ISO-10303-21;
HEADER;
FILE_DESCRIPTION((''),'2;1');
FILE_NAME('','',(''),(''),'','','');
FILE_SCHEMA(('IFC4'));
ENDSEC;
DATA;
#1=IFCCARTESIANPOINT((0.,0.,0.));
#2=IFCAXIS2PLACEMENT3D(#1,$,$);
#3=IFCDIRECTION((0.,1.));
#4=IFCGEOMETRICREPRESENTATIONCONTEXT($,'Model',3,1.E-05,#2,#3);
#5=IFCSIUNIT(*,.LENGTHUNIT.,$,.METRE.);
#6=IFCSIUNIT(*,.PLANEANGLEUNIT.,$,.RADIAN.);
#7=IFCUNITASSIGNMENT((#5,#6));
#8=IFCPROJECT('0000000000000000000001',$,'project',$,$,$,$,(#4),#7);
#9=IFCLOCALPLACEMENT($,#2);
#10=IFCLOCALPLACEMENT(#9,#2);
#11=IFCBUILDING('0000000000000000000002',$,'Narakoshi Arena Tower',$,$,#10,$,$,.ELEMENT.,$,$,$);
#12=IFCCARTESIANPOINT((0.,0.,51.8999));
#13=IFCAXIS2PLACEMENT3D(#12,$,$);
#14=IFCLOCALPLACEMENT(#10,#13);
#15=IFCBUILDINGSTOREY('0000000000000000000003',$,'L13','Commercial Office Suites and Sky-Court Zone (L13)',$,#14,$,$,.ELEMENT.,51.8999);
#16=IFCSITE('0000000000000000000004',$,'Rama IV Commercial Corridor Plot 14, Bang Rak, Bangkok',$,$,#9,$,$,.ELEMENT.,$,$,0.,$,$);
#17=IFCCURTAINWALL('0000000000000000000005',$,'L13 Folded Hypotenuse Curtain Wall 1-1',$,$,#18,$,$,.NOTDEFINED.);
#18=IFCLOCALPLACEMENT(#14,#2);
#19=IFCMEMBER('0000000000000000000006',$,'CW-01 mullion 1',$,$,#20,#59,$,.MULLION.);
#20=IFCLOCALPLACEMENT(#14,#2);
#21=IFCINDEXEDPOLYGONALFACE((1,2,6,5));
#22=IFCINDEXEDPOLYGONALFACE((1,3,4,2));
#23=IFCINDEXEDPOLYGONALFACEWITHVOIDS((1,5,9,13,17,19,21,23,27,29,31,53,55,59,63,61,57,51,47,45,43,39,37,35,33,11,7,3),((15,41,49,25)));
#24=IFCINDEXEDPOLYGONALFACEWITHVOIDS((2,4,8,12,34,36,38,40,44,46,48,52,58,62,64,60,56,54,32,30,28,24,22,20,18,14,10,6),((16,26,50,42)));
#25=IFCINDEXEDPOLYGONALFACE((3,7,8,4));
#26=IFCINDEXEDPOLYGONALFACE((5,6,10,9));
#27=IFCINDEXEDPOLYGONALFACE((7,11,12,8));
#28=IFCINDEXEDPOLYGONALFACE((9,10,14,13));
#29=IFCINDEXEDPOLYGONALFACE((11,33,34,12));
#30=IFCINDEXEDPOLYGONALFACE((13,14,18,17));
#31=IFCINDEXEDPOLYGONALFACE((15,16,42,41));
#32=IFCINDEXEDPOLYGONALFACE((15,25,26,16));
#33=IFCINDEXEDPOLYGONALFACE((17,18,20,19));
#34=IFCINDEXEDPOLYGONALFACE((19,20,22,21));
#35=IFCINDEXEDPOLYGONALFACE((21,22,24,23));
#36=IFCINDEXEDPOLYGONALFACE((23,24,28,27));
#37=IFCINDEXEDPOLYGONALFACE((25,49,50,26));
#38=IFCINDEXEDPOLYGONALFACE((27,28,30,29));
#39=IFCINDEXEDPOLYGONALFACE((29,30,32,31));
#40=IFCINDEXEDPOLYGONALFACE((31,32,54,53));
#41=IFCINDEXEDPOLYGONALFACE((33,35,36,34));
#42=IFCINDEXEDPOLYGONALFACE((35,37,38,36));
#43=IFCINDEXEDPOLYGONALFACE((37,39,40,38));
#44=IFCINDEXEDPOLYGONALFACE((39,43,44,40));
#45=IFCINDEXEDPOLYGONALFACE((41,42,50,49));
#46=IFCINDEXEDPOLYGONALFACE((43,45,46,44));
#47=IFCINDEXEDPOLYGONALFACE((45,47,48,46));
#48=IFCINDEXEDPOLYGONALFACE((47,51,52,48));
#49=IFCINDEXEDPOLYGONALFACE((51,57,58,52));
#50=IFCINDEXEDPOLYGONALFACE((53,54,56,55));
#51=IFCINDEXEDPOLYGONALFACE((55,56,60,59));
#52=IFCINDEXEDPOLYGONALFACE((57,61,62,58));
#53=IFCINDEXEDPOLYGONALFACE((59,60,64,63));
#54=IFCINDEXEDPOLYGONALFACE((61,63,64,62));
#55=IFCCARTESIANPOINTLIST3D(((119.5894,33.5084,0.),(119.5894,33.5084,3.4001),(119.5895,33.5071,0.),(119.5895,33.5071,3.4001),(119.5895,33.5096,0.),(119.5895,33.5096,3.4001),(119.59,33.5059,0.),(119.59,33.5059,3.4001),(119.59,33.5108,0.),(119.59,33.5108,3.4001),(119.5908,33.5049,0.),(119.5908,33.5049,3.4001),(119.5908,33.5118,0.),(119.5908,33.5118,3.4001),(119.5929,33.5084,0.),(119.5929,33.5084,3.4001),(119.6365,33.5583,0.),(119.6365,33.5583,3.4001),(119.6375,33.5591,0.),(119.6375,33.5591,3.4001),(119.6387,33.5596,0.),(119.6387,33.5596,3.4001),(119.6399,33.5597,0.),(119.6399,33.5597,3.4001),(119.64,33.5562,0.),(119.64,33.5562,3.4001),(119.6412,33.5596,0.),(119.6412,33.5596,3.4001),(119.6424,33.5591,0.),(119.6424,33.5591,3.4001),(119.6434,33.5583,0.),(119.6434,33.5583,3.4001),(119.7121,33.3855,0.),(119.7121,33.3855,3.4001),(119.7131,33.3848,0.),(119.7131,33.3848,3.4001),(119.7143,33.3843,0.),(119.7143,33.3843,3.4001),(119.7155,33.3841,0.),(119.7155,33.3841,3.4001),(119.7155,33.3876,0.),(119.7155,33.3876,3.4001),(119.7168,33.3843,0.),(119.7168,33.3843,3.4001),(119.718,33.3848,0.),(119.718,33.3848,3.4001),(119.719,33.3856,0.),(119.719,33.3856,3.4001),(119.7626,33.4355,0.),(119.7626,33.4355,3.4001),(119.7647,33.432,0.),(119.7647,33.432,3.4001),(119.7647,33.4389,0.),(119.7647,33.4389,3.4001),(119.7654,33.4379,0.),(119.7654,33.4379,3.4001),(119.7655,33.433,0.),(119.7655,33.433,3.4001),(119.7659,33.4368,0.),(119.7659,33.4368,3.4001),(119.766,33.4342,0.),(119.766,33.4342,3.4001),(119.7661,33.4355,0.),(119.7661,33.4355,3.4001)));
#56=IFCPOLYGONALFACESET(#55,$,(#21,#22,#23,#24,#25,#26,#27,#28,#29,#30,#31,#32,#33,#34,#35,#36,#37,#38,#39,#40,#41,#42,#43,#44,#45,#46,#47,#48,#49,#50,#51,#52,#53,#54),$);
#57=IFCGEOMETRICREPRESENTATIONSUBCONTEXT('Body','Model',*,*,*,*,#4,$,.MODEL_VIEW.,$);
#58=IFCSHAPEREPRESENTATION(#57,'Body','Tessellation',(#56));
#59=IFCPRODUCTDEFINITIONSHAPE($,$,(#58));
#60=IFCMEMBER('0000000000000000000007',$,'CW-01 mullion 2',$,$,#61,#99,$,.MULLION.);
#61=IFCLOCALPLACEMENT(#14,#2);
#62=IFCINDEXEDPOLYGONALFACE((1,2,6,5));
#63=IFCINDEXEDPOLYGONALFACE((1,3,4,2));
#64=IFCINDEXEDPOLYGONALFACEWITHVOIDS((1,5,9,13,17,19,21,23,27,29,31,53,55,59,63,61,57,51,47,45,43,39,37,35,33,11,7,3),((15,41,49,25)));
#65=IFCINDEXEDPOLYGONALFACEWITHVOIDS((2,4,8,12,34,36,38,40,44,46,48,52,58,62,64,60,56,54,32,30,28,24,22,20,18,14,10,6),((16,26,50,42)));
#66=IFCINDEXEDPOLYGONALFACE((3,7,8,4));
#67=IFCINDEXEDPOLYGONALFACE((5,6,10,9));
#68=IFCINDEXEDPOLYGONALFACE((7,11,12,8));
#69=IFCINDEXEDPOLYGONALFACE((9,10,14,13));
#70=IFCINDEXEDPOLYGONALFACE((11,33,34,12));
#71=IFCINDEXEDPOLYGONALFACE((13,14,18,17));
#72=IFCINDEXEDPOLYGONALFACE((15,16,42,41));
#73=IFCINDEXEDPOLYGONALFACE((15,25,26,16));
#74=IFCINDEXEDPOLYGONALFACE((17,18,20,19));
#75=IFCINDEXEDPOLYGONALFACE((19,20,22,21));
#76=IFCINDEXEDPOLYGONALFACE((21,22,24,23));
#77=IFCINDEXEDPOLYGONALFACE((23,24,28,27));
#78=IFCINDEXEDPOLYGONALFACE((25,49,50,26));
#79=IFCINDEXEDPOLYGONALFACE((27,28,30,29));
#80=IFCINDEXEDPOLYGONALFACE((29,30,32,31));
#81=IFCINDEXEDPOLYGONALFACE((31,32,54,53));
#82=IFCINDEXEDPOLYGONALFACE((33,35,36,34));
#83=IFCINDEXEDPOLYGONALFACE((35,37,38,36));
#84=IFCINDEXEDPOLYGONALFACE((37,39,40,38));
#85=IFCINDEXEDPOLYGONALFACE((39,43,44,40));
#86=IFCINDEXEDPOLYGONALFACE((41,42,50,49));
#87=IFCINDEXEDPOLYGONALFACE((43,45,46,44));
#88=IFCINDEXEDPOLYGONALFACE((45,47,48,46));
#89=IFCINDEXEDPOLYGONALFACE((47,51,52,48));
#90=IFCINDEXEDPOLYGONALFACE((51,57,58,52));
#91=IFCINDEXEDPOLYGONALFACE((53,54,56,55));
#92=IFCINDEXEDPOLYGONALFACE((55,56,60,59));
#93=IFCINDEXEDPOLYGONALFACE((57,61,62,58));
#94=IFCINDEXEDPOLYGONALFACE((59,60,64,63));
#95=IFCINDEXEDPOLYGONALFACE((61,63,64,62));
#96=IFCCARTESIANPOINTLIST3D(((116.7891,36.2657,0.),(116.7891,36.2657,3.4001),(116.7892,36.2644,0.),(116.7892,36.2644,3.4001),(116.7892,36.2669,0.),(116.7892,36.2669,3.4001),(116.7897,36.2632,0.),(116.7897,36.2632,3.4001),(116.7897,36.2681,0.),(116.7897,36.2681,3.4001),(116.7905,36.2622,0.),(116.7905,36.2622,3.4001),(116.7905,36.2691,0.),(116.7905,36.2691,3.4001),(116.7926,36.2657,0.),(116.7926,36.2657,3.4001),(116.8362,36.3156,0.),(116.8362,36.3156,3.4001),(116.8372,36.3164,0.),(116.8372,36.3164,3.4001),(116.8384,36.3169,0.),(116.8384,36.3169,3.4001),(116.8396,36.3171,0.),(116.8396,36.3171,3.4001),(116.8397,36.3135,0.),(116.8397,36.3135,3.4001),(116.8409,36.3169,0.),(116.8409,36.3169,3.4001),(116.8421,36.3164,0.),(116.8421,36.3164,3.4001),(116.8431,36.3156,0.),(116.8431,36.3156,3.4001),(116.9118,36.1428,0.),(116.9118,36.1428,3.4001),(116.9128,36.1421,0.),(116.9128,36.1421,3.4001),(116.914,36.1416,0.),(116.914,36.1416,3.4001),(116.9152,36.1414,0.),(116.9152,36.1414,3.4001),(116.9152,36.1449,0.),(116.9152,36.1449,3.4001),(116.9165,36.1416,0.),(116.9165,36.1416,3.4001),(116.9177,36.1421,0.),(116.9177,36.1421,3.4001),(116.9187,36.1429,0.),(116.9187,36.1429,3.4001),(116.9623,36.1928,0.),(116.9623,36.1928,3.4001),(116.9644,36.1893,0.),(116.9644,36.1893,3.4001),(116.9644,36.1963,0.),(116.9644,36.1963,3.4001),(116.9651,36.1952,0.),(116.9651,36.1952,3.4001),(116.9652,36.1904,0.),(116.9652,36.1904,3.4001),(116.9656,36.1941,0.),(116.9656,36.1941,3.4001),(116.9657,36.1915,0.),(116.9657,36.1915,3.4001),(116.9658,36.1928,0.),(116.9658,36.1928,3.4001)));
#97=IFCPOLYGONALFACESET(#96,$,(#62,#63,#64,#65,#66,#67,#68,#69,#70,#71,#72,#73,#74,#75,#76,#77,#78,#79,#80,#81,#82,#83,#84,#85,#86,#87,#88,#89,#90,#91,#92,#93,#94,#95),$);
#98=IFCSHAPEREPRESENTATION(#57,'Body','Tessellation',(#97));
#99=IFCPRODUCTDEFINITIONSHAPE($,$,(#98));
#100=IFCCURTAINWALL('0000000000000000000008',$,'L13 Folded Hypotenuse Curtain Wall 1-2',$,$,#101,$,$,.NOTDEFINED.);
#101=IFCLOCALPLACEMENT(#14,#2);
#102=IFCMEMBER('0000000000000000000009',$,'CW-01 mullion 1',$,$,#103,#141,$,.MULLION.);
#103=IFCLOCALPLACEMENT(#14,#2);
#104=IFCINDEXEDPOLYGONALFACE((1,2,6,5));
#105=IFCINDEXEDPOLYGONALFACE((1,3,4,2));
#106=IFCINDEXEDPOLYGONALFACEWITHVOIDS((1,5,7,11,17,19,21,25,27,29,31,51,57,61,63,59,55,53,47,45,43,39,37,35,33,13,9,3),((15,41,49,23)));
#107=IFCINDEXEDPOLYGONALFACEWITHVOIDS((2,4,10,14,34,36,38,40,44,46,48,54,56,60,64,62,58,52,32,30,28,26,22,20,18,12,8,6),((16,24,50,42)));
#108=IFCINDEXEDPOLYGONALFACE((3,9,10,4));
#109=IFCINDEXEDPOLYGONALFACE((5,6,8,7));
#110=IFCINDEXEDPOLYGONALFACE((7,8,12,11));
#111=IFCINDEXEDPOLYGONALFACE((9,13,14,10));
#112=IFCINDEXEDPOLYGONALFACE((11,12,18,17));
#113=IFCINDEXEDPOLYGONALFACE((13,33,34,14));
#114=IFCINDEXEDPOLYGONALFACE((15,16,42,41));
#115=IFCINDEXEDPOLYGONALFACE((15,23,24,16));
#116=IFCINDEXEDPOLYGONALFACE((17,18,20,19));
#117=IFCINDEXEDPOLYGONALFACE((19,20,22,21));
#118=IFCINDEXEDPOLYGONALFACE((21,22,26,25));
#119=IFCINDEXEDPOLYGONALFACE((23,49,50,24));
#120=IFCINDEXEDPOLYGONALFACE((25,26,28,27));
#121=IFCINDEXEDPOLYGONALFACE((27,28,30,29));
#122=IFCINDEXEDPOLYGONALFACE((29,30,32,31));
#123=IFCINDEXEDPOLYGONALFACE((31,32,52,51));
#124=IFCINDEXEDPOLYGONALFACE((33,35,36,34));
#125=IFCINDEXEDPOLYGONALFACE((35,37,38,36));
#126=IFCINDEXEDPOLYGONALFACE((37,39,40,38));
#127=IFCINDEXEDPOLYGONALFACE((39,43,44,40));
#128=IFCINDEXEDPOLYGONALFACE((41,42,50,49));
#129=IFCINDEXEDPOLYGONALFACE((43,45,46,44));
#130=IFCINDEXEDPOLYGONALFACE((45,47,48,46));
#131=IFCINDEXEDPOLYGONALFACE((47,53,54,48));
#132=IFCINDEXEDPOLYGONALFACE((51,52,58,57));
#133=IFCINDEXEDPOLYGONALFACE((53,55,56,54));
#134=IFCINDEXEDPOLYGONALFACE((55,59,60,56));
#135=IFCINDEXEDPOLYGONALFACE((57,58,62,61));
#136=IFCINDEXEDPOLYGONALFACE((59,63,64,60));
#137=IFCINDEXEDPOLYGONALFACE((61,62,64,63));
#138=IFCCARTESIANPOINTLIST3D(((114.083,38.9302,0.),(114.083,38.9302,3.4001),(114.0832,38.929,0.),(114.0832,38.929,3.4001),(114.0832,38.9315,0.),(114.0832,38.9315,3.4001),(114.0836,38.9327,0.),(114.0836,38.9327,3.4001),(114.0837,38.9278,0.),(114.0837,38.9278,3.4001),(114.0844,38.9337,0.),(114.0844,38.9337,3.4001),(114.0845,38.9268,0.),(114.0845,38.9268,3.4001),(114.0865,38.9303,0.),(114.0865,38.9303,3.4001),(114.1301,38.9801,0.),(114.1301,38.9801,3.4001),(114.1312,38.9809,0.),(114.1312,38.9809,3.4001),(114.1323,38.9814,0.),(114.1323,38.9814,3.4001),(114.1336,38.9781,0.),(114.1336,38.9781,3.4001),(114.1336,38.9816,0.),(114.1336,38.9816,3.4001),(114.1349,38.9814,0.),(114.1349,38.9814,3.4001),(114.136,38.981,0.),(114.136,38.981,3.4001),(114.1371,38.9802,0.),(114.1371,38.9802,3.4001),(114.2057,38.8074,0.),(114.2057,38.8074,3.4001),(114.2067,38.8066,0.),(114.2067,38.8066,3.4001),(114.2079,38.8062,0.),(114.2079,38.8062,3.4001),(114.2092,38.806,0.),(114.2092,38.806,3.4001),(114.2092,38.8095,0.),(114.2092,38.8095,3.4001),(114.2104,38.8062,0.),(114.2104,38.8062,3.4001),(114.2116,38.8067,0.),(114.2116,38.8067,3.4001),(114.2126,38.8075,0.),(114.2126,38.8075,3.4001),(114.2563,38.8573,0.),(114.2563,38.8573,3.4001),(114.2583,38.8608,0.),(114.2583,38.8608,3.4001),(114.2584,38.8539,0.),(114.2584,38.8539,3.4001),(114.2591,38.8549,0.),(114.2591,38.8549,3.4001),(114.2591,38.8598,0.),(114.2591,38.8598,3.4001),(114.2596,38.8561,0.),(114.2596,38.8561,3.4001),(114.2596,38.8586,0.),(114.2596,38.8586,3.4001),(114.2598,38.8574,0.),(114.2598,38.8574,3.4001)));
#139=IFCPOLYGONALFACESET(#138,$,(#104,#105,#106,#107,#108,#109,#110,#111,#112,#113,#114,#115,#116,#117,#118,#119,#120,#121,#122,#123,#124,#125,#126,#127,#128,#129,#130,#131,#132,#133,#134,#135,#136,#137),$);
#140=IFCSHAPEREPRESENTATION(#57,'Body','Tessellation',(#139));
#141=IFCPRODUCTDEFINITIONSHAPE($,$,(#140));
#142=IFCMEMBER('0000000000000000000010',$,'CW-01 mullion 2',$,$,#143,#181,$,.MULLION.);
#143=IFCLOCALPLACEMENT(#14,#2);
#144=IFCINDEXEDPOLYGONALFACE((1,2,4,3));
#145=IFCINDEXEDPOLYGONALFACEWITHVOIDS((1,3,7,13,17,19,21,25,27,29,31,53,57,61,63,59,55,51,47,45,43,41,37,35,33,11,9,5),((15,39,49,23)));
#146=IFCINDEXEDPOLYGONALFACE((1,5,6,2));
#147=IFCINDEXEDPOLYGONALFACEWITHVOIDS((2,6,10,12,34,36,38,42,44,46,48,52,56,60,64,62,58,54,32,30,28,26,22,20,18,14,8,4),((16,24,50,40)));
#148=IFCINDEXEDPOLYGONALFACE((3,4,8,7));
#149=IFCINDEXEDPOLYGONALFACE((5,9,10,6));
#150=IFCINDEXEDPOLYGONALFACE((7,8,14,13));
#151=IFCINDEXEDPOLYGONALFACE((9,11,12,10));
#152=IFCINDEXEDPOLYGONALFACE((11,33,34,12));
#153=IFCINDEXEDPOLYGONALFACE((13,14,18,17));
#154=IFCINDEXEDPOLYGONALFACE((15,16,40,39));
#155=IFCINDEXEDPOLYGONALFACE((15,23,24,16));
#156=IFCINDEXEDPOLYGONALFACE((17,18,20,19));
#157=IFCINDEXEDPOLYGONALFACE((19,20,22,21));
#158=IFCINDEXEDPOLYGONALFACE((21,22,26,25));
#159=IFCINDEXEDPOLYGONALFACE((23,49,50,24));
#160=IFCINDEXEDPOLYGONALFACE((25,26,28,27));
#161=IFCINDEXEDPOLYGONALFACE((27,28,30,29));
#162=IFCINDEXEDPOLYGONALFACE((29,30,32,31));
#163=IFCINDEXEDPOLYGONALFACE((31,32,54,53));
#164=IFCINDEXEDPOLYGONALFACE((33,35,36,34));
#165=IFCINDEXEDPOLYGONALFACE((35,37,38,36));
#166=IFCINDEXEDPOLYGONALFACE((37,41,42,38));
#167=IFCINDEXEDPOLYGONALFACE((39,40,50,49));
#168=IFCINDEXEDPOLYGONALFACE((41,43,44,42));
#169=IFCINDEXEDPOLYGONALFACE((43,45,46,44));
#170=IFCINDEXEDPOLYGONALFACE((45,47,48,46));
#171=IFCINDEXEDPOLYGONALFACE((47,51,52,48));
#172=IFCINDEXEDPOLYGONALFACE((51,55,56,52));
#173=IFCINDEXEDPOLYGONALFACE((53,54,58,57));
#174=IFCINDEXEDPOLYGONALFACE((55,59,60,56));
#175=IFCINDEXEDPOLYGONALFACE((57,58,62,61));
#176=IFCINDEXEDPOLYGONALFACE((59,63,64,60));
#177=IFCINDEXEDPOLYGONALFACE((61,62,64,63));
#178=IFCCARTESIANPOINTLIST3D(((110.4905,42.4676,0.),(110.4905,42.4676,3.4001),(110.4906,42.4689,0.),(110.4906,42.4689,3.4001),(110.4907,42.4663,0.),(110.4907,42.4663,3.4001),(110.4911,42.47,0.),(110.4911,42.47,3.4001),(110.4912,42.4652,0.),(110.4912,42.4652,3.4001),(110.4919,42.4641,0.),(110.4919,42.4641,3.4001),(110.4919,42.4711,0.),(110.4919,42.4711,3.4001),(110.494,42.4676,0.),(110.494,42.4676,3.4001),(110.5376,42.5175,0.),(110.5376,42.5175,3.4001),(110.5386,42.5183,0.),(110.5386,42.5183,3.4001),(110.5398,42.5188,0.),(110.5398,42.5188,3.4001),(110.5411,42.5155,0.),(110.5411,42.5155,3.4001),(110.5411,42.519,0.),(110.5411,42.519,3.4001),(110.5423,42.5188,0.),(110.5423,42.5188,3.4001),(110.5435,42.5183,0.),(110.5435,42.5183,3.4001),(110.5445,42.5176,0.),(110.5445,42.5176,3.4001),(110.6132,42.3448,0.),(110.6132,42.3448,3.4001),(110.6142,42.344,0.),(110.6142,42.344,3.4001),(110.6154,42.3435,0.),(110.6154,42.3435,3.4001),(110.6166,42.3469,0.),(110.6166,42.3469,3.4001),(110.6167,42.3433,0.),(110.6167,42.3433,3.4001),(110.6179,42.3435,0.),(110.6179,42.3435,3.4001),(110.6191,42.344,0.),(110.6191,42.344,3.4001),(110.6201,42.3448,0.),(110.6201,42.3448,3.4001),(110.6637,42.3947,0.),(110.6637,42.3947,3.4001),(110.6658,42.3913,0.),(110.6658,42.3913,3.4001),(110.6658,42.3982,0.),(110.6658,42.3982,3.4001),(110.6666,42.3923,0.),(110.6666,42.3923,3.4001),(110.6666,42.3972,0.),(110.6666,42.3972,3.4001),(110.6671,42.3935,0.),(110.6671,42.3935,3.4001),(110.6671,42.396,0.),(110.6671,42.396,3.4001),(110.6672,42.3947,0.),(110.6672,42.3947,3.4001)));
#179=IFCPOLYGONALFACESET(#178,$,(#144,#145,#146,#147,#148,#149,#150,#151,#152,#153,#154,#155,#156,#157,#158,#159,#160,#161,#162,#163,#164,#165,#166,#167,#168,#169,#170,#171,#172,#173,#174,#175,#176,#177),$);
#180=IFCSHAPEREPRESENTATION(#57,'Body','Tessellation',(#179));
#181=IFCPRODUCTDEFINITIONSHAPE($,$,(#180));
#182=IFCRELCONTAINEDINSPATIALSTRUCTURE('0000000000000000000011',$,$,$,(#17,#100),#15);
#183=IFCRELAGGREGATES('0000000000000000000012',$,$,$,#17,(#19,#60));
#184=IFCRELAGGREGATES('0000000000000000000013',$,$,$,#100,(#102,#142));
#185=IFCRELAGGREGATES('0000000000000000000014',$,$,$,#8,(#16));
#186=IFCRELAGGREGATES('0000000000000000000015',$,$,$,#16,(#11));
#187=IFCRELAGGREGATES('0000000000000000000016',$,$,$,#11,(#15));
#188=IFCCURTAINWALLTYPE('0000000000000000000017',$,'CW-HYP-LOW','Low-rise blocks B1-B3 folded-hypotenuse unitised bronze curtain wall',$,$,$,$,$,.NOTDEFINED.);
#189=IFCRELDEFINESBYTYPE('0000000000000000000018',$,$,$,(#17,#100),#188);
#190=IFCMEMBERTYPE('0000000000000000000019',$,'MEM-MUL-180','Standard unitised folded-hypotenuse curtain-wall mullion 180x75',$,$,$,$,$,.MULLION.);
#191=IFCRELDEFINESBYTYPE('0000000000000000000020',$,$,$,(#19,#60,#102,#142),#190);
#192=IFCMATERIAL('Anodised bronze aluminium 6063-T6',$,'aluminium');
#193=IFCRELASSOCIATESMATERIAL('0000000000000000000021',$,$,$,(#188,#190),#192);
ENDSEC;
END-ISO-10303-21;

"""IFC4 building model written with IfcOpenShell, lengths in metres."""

from ifc_helpers import new_model, si_unit, direction, frame, origin, origin_2d, place, context, subcontext, project, spatial, hollow_rectangle, extrude, material, material_profile, profile_set, type_object, element, aggregate, save


model = new_model("IFC4")

# Units and contexts
model_context = context("Model", 3, precision=1e-05, world=origin(), true_north=direction((0.0, 1.0)))
body_context = subcontext(model_context, "Body", "Model", "MODEL_VIEW")
ifc_project = project(units=[si_unit("LENGTHUNIT", "METRE"), si_unit("PLANEANGLEUNIT", "RADIAN")], contexts=[model_context])

# Site, building, storey
site_placement = place(None, origin())
site = spatial("IfcSite", under=ifc_project, at=site_placement, Name="Rama IV Commercial Corridor Plot 14, Bang Rak, Bangkok", CompositionType="ELEMENT", RefElevation=0.0)
building_placement = place(site_placement, origin())
building = spatial("IfcBuilding", under=site, at=building_placement, Name="Narakoshi Arena Tower", CompositionType="ELEMENT")
storey_placement = place(building_placement, frame((0.0, 0.0, 51.8999)))
storey = spatial("IfcBuildingStorey", under=building, at=storey_placement, Name="L13", Description="Commercial Office Suites and Sky-Court Zone (L13)", CompositionType="ELEMENT", Elevation=51.8999)

# Curtain walls, members
ifc_material_1 = material(Name="Anodised bronze aluminium 6063-T6", Category="aluminium")
curtain_wall_type = type_object("IfcCurtainWallType", Name="CW-HYP-LOW", Description="Low-rise blocks B1-B3 folded-hypotenuse unitised bronze curtain wall", PredefinedType="NOTDEFINED", material=ifc_material_1)
curtain_wall_1_placement = place(storey_placement, origin())
curtain_wall_1 = element("IfcCurtainWall", 1, at=curtain_wall_1_placement, inside=storey, type_object=curtain_wall_type, Name="L13 Folded Hypotenuse Curtain Wall 1-1", PredefinedType="NOTDEFINED")
ifc_material_profile_1 = material_profile(ifc_material_1, hollow_rectangle(XDim=0.075, YDim=0.1799, WallThickness=0.0039, OuterFilletRadius=0.0049, at=origin_2d()), Name="MUL180x75x4")
ifc_profile_set_1 = profile_set([ifc_material_profile_1], Name="Anodised bronze aluminium 6063-T6")
member_type_1 = type_object("IfcMemberType", Name="MEM-MUL-180", Description="Standard unitised folded-hypotenuse curtain-wall mullion 180x75", PredefinedType="MULLION", material=ifc_profile_set_1)
member_1_placement = place(storey_placement, frame((119.6777, 33.4719, 0.0), z_axis=(0.0, 0.0, 1.0), x_axis=(-0.70163, -0.712541, 0.0)))
member_1 = element("IfcMember", 2, at=member_1_placement, type_object=member_type_1, Name="CW-01 mullion 1", PredefinedType="MULLION", context=body_context, shape_type="SweptSolid", body=[
    extrude(hollow_rectangle(XDim=0.075, YDim=0.1799, WallThickness=0.0039, OuterFilletRadius=0.0049, at=origin_2d()), origin(), (0.0, 0.0, 1.0), 3.4001),
])
member_2_placement = place(storey_placement, frame((116.8774, 36.2292, 0.0), z_axis=(0.0, 0.0, 1.0), x_axis=(-0.70163, -0.712541, 0.0)))
member_2 = element("IfcMember", 3, at=member_2_placement, type_object=member_type_1, Name="CW-01 mullion 2", PredefinedType="MULLION", context=body_context, shape_type="SweptSolid", body=[
    extrude(hollow_rectangle(XDim=0.075, YDim=0.1799, WallThickness=0.0039, OuterFilletRadius=0.0049, at=origin_2d()), origin(), (0.0, 0.0, 1.0), 3.4001),
])
curtain_wall_2_placement = place(storey_placement, origin())
curtain_wall_2 = element("IfcCurtainWall", 4, at=curtain_wall_2_placement, inside=storey, type_object=curtain_wall_type, Name="L13 Folded Hypotenuse Curtain Wall 1-2", PredefinedType="NOTDEFINED")
member_3_placement = place(storey_placement, frame((114.1714, 38.8938, 0.0), z_axis=(0.0, 0.0, 1.0), x_axis=(-0.701623, -0.712548, 0.0)))
member_3 = element("IfcMember", 5, at=member_3_placement, type_object=member_type_1, Name="CW-01 mullion 1", PredefinedType="MULLION", context=body_context, shape_type="SweptSolid", body=[
    extrude(hollow_rectangle(XDim=0.075, YDim=0.1799, WallThickness=0.0039, OuterFilletRadius=0.0049, at=origin_2d()), origin(), (0.0, 0.0, 1.0), 3.4001),
])
member_4_placement = place(storey_placement, frame((110.5789, 42.4312, 0.0), z_axis=(0.0, 0.0, 1.0), x_axis=(-0.701623, -0.712548, 0.0)))
member_4 = element("IfcMember", 6, at=member_4_placement, type_object=member_type_1, Name="CW-01 mullion 2", PredefinedType="MULLION", context=body_context, shape_type="SweptSolid", body=[
    extrude(hollow_rectangle(XDim=0.075, YDim=0.1799, WallThickness=0.0039, OuterFilletRadius=0.0049, at=origin_2d()), origin(), (0.0, 0.0, 1.0), 3.4001),
])

aggregate(curtain_wall_1, [member_1, member_2])
aggregate(curtain_wall_2, [member_3, member_4])

save(model, "model.ifc")
